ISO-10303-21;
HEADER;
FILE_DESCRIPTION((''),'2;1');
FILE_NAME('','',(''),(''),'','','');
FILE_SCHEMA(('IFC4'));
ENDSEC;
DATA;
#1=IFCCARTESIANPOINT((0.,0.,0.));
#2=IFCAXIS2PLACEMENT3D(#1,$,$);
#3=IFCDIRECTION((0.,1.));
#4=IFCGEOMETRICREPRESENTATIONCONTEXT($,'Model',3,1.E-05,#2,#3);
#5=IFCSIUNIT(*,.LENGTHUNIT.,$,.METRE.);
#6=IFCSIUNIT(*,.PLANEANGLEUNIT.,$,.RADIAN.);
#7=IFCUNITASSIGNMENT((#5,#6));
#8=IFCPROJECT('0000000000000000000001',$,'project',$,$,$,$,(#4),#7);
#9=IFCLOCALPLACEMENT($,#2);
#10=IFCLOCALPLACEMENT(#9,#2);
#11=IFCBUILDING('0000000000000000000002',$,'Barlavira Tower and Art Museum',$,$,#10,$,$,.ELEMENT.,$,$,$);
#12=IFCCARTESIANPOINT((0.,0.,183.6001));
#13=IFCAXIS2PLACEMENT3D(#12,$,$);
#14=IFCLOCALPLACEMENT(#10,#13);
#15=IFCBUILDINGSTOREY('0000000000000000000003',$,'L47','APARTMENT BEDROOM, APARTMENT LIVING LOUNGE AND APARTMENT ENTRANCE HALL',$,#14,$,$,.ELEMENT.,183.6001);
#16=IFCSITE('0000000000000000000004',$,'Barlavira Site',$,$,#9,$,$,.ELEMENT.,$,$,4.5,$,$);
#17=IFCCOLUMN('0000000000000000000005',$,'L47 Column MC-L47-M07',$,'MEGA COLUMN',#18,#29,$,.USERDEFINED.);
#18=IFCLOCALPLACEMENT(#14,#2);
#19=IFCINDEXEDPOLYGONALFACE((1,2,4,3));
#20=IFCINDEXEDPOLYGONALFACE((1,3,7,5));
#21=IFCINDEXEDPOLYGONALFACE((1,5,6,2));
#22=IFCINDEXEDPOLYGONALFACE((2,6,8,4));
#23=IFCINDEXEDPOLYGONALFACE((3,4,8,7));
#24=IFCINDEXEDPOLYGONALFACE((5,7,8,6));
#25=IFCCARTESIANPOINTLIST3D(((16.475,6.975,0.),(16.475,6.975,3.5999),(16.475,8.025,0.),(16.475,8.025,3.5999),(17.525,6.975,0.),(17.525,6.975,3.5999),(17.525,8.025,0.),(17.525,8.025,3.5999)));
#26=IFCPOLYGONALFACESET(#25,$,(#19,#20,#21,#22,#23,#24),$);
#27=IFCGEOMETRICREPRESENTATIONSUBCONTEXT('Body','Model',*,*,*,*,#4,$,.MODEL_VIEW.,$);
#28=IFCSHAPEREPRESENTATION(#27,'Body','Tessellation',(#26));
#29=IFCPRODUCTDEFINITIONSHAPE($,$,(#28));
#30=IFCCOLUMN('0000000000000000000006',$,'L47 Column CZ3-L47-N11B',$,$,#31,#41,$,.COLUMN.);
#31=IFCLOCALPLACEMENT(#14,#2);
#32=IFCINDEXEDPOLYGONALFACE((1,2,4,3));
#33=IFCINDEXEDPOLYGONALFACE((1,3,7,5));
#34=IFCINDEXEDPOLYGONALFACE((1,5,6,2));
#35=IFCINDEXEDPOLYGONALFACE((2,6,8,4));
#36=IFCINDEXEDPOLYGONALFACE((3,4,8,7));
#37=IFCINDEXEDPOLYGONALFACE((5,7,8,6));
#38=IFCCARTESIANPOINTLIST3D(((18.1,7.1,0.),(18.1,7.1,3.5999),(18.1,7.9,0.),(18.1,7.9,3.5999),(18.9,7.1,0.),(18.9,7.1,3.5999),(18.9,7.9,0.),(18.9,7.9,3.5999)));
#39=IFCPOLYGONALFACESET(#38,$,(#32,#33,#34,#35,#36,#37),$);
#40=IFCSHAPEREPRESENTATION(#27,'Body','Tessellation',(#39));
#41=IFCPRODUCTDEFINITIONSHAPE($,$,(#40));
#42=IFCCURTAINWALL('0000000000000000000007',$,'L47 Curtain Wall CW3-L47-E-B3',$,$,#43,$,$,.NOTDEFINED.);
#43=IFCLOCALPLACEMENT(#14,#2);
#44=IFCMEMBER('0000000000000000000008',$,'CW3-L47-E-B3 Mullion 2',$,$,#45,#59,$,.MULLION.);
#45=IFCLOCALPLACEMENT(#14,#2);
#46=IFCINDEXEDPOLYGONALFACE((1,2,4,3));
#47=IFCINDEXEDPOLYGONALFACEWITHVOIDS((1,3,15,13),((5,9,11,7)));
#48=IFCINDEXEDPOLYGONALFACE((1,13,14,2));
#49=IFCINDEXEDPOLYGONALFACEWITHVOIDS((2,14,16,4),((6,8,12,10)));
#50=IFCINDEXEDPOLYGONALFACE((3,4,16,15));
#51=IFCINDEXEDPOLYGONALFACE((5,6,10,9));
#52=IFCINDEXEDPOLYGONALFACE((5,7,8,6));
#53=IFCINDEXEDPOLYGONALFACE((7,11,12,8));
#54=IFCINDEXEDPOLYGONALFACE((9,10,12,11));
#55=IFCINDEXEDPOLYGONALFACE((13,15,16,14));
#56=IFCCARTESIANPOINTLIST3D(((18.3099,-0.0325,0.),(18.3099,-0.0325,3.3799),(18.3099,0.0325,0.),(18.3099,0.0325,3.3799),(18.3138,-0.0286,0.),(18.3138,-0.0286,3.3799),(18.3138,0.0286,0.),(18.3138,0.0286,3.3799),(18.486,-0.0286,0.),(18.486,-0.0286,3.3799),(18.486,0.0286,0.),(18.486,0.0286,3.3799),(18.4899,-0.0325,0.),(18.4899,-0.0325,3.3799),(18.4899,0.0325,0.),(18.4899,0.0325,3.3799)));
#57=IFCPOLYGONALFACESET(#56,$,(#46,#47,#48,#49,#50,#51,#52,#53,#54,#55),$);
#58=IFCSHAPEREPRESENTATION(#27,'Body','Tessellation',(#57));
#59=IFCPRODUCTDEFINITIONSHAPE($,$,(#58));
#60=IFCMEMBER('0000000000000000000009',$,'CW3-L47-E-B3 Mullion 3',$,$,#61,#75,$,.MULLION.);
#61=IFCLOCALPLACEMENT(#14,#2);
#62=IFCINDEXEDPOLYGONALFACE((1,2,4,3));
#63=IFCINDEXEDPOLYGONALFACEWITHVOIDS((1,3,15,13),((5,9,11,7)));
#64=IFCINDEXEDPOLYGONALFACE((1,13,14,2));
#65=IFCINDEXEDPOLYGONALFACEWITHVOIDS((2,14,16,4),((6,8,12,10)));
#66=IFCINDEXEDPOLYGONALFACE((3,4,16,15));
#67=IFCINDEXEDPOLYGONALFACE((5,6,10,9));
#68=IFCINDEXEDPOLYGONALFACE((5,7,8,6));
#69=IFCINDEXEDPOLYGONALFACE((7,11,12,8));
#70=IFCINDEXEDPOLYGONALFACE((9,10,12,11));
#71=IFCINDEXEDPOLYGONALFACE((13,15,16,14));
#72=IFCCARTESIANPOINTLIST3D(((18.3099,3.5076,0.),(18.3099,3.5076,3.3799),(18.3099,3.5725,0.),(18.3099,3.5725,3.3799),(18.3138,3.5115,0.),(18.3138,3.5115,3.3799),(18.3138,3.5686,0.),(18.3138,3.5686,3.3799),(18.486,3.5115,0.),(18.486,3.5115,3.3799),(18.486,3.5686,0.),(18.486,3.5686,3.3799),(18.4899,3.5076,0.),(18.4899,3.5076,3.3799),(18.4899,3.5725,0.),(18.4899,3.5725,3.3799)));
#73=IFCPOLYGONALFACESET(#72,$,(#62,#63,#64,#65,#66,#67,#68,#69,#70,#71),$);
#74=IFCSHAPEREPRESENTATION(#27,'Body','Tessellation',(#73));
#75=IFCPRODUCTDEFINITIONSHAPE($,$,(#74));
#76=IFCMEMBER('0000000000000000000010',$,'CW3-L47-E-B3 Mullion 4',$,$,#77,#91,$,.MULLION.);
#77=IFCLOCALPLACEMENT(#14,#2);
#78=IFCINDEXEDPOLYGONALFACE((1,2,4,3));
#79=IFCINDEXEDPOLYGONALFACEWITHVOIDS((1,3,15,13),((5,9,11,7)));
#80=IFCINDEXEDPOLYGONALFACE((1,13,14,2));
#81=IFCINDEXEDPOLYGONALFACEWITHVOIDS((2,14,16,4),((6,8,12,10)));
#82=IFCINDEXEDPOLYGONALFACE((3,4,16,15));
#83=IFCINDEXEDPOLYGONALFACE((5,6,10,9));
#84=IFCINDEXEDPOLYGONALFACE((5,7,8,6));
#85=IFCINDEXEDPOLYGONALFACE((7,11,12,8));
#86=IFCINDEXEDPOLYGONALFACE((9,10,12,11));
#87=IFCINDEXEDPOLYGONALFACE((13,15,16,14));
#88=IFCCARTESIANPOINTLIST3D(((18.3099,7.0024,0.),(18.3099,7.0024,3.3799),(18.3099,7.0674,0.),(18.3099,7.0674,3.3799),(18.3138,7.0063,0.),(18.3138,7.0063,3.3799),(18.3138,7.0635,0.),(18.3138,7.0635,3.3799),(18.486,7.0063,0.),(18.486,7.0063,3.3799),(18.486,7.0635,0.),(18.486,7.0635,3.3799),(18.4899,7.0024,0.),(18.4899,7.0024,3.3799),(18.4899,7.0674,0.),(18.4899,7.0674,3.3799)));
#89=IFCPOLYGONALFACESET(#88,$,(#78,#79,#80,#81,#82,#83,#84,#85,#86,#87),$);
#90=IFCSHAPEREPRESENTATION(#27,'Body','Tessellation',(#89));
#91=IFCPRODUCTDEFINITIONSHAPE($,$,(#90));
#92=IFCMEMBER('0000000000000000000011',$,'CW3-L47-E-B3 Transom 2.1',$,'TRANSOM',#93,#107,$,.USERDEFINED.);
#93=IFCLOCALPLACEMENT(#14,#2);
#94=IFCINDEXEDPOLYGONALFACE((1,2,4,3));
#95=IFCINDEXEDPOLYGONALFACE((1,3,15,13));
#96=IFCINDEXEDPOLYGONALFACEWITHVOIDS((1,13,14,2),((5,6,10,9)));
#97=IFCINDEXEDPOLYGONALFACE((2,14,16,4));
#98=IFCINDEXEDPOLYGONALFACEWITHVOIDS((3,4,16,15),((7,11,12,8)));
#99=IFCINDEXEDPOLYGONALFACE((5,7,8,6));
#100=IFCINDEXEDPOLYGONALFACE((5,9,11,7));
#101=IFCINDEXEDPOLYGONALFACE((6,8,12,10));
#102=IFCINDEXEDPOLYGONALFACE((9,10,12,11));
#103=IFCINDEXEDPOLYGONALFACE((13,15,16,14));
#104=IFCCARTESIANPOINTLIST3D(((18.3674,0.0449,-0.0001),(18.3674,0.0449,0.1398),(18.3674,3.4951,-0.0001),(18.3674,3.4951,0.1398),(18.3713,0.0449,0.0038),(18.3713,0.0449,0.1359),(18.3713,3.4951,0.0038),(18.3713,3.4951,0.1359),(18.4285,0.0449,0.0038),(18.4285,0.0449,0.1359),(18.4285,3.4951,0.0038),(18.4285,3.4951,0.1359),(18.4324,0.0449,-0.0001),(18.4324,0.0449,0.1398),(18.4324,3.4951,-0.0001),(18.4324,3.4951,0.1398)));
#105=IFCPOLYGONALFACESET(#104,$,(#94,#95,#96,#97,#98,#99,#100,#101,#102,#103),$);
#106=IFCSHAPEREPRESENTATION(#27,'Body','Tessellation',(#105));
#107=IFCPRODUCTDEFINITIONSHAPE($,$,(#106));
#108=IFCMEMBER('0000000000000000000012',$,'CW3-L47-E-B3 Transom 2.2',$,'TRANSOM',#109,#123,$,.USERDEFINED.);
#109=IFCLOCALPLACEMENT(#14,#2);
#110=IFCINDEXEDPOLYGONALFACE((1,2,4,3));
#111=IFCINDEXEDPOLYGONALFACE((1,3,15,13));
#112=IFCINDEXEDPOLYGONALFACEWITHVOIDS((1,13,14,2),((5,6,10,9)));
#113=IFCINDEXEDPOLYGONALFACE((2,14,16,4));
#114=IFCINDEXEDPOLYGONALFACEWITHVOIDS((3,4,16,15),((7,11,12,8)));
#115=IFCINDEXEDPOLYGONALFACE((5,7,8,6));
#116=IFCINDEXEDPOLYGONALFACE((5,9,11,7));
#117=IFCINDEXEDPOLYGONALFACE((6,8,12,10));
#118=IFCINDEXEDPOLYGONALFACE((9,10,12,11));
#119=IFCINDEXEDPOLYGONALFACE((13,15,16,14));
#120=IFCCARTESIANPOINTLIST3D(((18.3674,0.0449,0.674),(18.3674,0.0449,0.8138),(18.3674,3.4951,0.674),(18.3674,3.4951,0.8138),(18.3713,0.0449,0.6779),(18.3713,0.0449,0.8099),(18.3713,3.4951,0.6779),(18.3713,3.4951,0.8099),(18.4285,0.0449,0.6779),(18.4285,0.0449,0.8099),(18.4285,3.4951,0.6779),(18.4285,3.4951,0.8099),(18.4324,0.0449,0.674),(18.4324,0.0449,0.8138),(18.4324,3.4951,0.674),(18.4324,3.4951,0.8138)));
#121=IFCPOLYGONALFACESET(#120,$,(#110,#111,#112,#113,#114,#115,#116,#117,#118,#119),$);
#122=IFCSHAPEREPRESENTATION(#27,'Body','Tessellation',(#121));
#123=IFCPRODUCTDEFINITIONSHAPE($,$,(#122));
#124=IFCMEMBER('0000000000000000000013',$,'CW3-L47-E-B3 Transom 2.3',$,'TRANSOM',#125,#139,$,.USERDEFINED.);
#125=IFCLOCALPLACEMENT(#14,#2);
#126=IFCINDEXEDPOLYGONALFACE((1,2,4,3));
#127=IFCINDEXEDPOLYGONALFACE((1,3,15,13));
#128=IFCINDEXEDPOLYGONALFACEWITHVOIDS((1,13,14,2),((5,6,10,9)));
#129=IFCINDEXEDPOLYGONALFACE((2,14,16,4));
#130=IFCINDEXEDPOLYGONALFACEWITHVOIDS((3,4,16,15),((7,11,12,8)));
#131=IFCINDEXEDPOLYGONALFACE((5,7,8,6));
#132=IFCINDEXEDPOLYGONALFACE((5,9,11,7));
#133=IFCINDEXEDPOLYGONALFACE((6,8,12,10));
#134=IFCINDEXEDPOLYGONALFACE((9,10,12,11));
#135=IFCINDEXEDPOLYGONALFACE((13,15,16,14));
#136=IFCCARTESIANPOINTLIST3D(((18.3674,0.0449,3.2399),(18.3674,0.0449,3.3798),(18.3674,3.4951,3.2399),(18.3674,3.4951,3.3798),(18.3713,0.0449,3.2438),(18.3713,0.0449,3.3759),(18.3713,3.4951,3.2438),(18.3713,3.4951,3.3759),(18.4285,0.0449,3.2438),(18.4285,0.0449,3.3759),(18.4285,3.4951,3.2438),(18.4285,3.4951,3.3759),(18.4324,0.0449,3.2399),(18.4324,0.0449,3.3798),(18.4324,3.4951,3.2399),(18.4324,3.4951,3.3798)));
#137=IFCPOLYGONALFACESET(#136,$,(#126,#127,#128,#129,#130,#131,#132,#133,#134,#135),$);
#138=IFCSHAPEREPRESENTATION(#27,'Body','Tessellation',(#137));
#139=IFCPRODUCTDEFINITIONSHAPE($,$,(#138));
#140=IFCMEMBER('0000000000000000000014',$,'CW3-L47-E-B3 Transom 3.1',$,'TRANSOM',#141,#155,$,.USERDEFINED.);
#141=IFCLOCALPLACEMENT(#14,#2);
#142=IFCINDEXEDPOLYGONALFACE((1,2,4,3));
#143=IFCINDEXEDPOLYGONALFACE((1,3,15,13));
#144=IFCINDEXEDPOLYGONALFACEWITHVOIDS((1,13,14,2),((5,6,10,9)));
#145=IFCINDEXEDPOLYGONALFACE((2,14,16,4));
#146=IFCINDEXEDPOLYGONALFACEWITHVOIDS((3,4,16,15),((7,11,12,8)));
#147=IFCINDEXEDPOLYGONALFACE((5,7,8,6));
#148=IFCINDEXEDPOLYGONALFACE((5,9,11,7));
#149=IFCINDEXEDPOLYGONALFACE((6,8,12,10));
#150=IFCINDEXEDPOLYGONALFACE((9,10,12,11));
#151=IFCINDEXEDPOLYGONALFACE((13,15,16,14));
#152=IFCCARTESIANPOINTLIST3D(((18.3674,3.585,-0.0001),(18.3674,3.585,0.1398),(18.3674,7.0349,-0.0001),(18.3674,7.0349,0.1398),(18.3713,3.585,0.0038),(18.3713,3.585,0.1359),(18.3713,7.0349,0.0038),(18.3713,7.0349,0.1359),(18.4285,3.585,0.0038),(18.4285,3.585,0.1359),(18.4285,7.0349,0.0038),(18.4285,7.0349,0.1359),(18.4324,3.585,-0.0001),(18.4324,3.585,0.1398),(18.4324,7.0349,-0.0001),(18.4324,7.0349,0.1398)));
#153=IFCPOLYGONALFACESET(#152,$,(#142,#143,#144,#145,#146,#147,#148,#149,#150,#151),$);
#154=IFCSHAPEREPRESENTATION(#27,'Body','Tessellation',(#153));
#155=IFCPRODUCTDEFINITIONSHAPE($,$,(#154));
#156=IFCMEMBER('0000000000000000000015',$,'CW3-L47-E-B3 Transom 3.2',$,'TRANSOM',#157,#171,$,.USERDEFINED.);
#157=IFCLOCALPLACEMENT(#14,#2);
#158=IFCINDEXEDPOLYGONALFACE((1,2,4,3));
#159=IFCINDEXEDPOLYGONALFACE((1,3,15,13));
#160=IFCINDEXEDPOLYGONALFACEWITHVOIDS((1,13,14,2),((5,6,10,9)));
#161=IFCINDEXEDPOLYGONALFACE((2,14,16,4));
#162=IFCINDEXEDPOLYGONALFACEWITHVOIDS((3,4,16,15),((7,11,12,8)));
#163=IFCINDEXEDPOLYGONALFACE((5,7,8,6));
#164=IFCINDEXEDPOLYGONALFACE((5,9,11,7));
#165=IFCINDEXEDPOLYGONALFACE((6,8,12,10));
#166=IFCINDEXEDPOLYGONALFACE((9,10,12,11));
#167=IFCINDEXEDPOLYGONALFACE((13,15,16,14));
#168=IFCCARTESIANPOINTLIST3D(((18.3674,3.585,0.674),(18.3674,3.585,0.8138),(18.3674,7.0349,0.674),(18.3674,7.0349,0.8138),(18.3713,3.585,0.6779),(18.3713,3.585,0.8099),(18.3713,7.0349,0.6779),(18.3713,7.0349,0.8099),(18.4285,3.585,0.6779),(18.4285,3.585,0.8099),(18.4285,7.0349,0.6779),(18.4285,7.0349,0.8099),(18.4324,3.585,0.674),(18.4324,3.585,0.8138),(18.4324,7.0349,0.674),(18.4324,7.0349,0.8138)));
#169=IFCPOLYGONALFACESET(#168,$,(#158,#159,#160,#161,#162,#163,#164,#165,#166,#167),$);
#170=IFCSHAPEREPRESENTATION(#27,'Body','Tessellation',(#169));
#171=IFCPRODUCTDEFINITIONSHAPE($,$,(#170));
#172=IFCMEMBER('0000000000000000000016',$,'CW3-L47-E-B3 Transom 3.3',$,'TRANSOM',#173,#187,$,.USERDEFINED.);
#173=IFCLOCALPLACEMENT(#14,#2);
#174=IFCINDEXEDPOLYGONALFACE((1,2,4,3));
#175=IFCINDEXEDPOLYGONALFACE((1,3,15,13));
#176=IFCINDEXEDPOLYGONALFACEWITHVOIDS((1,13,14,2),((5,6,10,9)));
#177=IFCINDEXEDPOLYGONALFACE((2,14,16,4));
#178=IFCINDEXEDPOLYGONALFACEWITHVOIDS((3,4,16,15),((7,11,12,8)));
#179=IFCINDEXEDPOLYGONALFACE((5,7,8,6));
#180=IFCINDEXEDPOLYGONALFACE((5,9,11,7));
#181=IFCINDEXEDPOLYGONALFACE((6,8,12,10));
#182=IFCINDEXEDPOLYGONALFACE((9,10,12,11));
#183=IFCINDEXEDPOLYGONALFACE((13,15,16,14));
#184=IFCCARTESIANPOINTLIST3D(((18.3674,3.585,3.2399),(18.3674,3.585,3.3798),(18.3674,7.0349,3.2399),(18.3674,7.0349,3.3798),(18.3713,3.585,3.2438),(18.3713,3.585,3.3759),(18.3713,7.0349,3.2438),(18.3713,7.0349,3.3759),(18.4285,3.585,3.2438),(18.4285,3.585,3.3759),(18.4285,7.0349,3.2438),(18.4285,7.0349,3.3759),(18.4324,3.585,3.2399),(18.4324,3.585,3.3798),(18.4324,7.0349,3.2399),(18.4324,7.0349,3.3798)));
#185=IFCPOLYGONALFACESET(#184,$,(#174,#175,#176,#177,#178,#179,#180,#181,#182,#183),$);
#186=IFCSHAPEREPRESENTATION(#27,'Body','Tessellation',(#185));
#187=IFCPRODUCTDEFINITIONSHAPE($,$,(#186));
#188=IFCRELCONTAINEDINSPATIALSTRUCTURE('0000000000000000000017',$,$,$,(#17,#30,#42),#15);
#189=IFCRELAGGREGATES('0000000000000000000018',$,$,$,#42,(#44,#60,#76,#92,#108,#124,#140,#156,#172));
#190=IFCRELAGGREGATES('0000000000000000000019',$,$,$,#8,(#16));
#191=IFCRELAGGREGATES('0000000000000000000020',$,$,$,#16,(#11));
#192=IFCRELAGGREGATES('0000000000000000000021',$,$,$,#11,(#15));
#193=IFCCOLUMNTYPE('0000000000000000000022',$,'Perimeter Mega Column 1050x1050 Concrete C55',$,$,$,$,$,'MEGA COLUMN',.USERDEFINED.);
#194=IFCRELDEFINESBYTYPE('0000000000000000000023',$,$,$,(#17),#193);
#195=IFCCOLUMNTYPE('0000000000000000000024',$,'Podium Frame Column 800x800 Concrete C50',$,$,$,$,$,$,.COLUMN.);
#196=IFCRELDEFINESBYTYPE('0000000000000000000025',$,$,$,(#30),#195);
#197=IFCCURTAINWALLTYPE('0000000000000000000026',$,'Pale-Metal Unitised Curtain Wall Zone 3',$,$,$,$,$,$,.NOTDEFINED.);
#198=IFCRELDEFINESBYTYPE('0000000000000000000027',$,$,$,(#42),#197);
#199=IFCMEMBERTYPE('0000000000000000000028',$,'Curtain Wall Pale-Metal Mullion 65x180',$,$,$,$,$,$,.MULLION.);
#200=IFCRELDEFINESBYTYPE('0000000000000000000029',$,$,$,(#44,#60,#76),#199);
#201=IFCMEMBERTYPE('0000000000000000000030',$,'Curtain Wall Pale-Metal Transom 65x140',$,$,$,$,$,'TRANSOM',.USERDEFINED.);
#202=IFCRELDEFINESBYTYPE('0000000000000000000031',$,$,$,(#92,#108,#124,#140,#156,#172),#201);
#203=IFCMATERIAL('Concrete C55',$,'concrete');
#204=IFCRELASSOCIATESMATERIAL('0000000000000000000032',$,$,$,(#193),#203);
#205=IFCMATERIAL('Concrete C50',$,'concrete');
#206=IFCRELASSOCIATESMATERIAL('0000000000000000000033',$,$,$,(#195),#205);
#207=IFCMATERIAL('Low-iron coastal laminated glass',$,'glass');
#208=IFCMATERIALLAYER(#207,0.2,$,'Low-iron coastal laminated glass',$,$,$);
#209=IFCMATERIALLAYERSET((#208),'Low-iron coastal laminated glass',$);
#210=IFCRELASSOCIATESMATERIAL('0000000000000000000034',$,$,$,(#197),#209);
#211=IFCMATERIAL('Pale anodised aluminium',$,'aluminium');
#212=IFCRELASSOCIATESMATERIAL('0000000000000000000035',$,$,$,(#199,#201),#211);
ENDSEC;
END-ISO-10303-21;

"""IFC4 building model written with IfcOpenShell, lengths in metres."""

from ifc_helpers import new_model, si_unit, direction, frame, origin, origin_2d, place, context, subcontext, project, spatial, rectangle, hollow_rectangle, extrude, material, layer, layer_set, material_profile, profile_set, type_object, element, aggregate, save


model = new_model("IFC4")

# Units and contexts
model_context = context("Model", 3, precision=1e-05, world=origin(), true_north=direction((0.0, 1.0)))
body_context = subcontext(model_context, "Body", "Model", "MODEL_VIEW")
ifc_project = project(units=[si_unit("LENGTHUNIT", "METRE"), si_unit("PLANEANGLEUNIT", "RADIAN")], contexts=[model_context])

# Site, building, storey
site_placement = place(None, origin())
site = spatial("IfcSite", under=ifc_project, at=site_placement, Name="Barlavira Site", CompositionType="ELEMENT", RefElevation=4.5)
building_placement = place(site_placement, origin())
building = spatial("IfcBuilding", under=site, at=building_placement, Name="Barlavira Tower and Art Museum", CompositionType="ELEMENT")
storey_placement = place(building_placement, frame((0.0, 0.0, 183.6001)))
storey = spatial("IfcBuildingStorey", under=building, at=storey_placement, Name="L47", Description="APARTMENT BEDROOM, APARTMENT LIVING LOUNGE AND APARTMENT ENTRANCE HALL", CompositionType="ELEMENT", Elevation=183.6001)

# Columns
ifc_material_1 = material(Name="Concrete C55", Category="concrete")
ifc_material_profile_1 = material_profile(ifc_material_1, rectangle(XDim=1.05, YDim=1.05, at=origin_2d()), Name="RC-COL 1050x1050")
ifc_profile_set_1 = profile_set([ifc_material_profile_1], Name="Concrete C55")
column_type_1 = type_object("IfcColumnType", Name="Perimeter Mega Column 1050x1050 Concrete C55", ElementType="MEGA COLUMN", PredefinedType="USERDEFINED", material=ifc_profile_set_1)
column_1_placement = place(storey_placement, frame((17.0, 7.5, 0.0), z_axis=(0.0, 0.0, 1.0), x_axis=(1.0, 0.0, 0.0)))
element("IfcColumn", 1, at=column_1_placement, inside=storey, type_object=column_type_1, Name="L47 Column MC-L47-M07", ObjectType="MEGA COLUMN", PredefinedType="USERDEFINED", context=body_context, shape_type="SweptSolid", body=[
    extrude(rectangle(XDim=1.05, YDim=1.05, at=origin_2d()), origin(), (0.0, 0.0, 1.0), 3.5999),
])
ifc_material_2 = material(Name="Concrete C50", Category="concrete")
ifc_material_profile_2 = material_profile(ifc_material_2, rectangle(XDim=0.8, YDim=0.8, at=origin_2d()), Name="RC-COL 800x800")
ifc_profile_set_2 = profile_set([ifc_material_profile_2], Name="Concrete C50")
column_type_2 = type_object("IfcColumnType", Name="Podium Frame Column 800x800 Concrete C50", PredefinedType="COLUMN", material=ifc_profile_set_2)
column_2_placement = place(storey_placement, frame((18.5, 7.5, 0.0), z_axis=(0.0, 0.0, 1.0), x_axis=(1.0, 0.0, 0.0)))
element("IfcColumn", 2, at=column_2_placement, inside=storey, type_object=column_type_2, Name="L47 Column CZ3-L47-N11B", PredefinedType="COLUMN", context=body_context, shape_type="SweptSolid", body=[
    extrude(rectangle(XDim=0.8, YDim=0.8, at=origin_2d()), origin(), (0.0, 0.0, 1.0), 3.5999),
])

# Curtain wall, members
ifc_material_3 = material(Name="Low-iron coastal laminated glass", Category="glass")
ifc_layer_1 = layer(ifc_material_3, 0.2, Name="Low-iron coastal laminated glass")
ifc_layer_set_1 = layer_set([ifc_layer_1], Name="Low-iron coastal laminated glass")
curtain_wall_type = type_object("IfcCurtainWallType", Name="Pale-Metal Unitised Curtain Wall Zone 3", PredefinedType="NOTDEFINED", material=ifc_layer_set_1)
curtain_wall_placement = place(storey_placement, origin())
curtain_wall = element("IfcCurtainWall", 3, at=curtain_wall_placement, inside=storey, type_object=curtain_wall_type, Name="L47 Curtain Wall CW3-L47-E-B3", PredefinedType="NOTDEFINED")
ifc_material_4 = material(Name="Pale anodised aluminium", Category="aluminium")
ifc_material_profile_3 = material_profile(ifc_material_4, hollow_rectangle(XDim=0.0649, YDim=0.1799, WallThickness=0.0039, at=origin_2d()), Name="ALU-MULL 65x180x4")
ifc_profile_set_3 = profile_set([ifc_material_profile_3], Name="Pale anodised aluminium")
member_type_1 = type_object("IfcMemberType", Name="Curtain Wall Pale-Metal Mullion 65x180", PredefinedType="MULLION", material=ifc_profile_set_3)
member_1_placement = place(storey_placement, frame((18.3999, 0.0, 0.0), z_axis=(0.0, 0.0, 1.0), x_axis=(0.0, 1.0, 0.0)))
member_1 = element("IfcMember", 4, at=member_1_placement, type_object=member_type_1, Name="CW3-L47-E-B3 Mullion 2", PredefinedType="MULLION", context=body_context, shape_type="SweptSolid", body=[
    extrude(hollow_rectangle(XDim=0.0649, YDim=0.1799, WallThickness=0.0039, at=origin_2d()), origin(), (0.0, 0.0, 1.0), 3.3799),
])
member_2_placement = place(storey_placement, frame((18.3999, 3.54, 0.0), z_axis=(0.0, 0.0, 1.0), x_axis=(0.0, 1.0, 0.0)))
member_2 = element("IfcMember", 5, at=member_2_placement, type_object=member_type_1, Name="CW3-L47-E-B3 Mullion 3", PredefinedType="MULLION", context=body_context, shape_type="SweptSolid", body=[
    extrude(hollow_rectangle(XDim=0.0649, YDim=0.1799, WallThickness=0.0039, at=origin_2d()), origin(), (0.0, 0.0, 1.0), 3.3799),
])
member_3_placement = place(storey_placement, frame((18.3999, 7.0349, 0.0), z_axis=(0.0, 0.0, 1.0), x_axis=(0.0, 1.0, 0.0)))
member_3 = element("IfcMember", 6, at=member_3_placement, type_object=member_type_1, Name="CW3-L47-E-B3 Mullion 4", PredefinedType="MULLION", context=body_context, shape_type="SweptSolid", body=[
    extrude(hollow_rectangle(XDim=0.0649, YDim=0.1799, WallThickness=0.0039, at=origin_2d()), origin(), (0.0, 0.0, 1.0), 3.3799),
])
ifc_material_profile_4 = material_profile(ifc_material_4, hollow_rectangle(XDim=0.0649, YDim=0.1399, WallThickness=0.0039, at=origin_2d()), Name="ALU-TRAN 65x140x4")
ifc_profile_set_4 = profile_set([ifc_material_profile_4], Name="Pale anodised aluminium")
member_type_2 = type_object("IfcMemberType", Name="Curtain Wall Pale-Metal Transom 65x140", ElementType="TRANSOM", PredefinedType="USERDEFINED", material=ifc_profile_set_4)
member_4_placement = place(storey_placement, frame((18.3999, 0.0449, 0.0698), z_axis=(0.0, 1.0, 0.0), x_axis=(-1.0, 0.0, 0.0)))
member_4 = element("IfcMember", 7, at=member_4_placement, type_object=member_type_2, Name="CW3-L47-E-B3 Transom 2.1", ObjectType="TRANSOM", PredefinedType="USERDEFINED", context=body_context, shape_type="SweptSolid", body=[
    extrude(hollow_rectangle(XDim=0.0649, YDim=0.1399, WallThickness=0.0039, at=origin_2d()), origin(), (0.0, 0.0, 1.0), 3.4502),
])
member_5_placement = place(storey_placement, frame((18.3999, 0.0449, 0.7439), z_axis=(0.0, 1.0, 0.0), x_axis=(-1.0, 0.0, 0.0)))
member_5 = element("IfcMember", 8, at=member_5_placement, type_object=member_type_2, Name="CW3-L47-E-B3 Transom 2.2", ObjectType="TRANSOM", PredefinedType="USERDEFINED", context=body_context, shape_type="SweptSolid", body=[
    extrude(hollow_rectangle(XDim=0.0649, YDim=0.1399, WallThickness=0.0039, at=origin_2d()), origin(), (0.0, 0.0, 1.0), 3.4502),
])
member_6_placement = place(storey_placement, frame((18.3999, 0.0449, 3.3098), z_axis=(0.0, 1.0, 0.0), x_axis=(-1.0, 0.0, 0.0)))
member_6 = element("IfcMember", 9, at=member_6_placement, type_object=member_type_2, Name="CW3-L47-E-B3 Transom 2.3", ObjectType="TRANSOM", PredefinedType="USERDEFINED", context=body_context, shape_type="SweptSolid", body=[
    extrude(hollow_rectangle(XDim=0.0649, YDim=0.1399, WallThickness=0.0039, at=origin_2d()), origin(), (0.0, 0.0, 1.0), 3.4502),
])
member_7_placement = place(storey_placement, frame((18.3999, 3.585, 0.0698), z_axis=(0.0, 1.0, 0.0), x_axis=(-1.0, 0.0, 0.0)))
member_7 = element("IfcMember", 10, at=member_7_placement, type_object=member_type_2, Name="CW3-L47-E-B3 Transom 3.1", ObjectType="TRANSOM", PredefinedType="USERDEFINED", context=body_context, shape_type="SweptSolid", body=[
    extrude(hollow_rectangle(XDim=0.0649, YDim=0.1399, WallThickness=0.0039, at=origin_2d()), origin(), (0.0, 0.0, 1.0), 3.45),
])
member_8_placement = place(storey_placement, frame((18.3999, 3.585, 0.7439), z_axis=(0.0, 1.0, 0.0), x_axis=(-1.0, 0.0, 0.0)))
member_8 = element("IfcMember", 11, at=member_8_placement, type_object=member_type_2, Name="CW3-L47-E-B3 Transom 3.2", ObjectType="TRANSOM", PredefinedType="USERDEFINED", context=body_context, shape_type="SweptSolid", body=[
    extrude(hollow_rectangle(XDim=0.0649, YDim=0.1399, WallThickness=0.0039, at=origin_2d()), origin(), (0.0, 0.0, 1.0), 3.45),
])
member_9_placement = place(storey_placement, frame((18.3999, 3.585, 3.3098), z_axis=(0.0, 1.0, 0.0), x_axis=(-1.0, 0.0, 0.0)))
member_9 = element("IfcMember", 12, at=member_9_placement, type_object=member_type_2, Name="CW3-L47-E-B3 Transom 3.3", ObjectType="TRANSOM", PredefinedType="USERDEFINED", context=body_context, shape_type="SweptSolid", body=[
    extrude(hollow_rectangle(XDim=0.0649, YDim=0.1399, WallThickness=0.0039, at=origin_2d()), origin(), (0.0, 0.0, 1.0), 3.45),
])

aggregate(curtain_wall, [member_1, member_2, member_3, member_4, member_5, member_6, member_7, member_8, member_9])

save(model, "model.ifc")
